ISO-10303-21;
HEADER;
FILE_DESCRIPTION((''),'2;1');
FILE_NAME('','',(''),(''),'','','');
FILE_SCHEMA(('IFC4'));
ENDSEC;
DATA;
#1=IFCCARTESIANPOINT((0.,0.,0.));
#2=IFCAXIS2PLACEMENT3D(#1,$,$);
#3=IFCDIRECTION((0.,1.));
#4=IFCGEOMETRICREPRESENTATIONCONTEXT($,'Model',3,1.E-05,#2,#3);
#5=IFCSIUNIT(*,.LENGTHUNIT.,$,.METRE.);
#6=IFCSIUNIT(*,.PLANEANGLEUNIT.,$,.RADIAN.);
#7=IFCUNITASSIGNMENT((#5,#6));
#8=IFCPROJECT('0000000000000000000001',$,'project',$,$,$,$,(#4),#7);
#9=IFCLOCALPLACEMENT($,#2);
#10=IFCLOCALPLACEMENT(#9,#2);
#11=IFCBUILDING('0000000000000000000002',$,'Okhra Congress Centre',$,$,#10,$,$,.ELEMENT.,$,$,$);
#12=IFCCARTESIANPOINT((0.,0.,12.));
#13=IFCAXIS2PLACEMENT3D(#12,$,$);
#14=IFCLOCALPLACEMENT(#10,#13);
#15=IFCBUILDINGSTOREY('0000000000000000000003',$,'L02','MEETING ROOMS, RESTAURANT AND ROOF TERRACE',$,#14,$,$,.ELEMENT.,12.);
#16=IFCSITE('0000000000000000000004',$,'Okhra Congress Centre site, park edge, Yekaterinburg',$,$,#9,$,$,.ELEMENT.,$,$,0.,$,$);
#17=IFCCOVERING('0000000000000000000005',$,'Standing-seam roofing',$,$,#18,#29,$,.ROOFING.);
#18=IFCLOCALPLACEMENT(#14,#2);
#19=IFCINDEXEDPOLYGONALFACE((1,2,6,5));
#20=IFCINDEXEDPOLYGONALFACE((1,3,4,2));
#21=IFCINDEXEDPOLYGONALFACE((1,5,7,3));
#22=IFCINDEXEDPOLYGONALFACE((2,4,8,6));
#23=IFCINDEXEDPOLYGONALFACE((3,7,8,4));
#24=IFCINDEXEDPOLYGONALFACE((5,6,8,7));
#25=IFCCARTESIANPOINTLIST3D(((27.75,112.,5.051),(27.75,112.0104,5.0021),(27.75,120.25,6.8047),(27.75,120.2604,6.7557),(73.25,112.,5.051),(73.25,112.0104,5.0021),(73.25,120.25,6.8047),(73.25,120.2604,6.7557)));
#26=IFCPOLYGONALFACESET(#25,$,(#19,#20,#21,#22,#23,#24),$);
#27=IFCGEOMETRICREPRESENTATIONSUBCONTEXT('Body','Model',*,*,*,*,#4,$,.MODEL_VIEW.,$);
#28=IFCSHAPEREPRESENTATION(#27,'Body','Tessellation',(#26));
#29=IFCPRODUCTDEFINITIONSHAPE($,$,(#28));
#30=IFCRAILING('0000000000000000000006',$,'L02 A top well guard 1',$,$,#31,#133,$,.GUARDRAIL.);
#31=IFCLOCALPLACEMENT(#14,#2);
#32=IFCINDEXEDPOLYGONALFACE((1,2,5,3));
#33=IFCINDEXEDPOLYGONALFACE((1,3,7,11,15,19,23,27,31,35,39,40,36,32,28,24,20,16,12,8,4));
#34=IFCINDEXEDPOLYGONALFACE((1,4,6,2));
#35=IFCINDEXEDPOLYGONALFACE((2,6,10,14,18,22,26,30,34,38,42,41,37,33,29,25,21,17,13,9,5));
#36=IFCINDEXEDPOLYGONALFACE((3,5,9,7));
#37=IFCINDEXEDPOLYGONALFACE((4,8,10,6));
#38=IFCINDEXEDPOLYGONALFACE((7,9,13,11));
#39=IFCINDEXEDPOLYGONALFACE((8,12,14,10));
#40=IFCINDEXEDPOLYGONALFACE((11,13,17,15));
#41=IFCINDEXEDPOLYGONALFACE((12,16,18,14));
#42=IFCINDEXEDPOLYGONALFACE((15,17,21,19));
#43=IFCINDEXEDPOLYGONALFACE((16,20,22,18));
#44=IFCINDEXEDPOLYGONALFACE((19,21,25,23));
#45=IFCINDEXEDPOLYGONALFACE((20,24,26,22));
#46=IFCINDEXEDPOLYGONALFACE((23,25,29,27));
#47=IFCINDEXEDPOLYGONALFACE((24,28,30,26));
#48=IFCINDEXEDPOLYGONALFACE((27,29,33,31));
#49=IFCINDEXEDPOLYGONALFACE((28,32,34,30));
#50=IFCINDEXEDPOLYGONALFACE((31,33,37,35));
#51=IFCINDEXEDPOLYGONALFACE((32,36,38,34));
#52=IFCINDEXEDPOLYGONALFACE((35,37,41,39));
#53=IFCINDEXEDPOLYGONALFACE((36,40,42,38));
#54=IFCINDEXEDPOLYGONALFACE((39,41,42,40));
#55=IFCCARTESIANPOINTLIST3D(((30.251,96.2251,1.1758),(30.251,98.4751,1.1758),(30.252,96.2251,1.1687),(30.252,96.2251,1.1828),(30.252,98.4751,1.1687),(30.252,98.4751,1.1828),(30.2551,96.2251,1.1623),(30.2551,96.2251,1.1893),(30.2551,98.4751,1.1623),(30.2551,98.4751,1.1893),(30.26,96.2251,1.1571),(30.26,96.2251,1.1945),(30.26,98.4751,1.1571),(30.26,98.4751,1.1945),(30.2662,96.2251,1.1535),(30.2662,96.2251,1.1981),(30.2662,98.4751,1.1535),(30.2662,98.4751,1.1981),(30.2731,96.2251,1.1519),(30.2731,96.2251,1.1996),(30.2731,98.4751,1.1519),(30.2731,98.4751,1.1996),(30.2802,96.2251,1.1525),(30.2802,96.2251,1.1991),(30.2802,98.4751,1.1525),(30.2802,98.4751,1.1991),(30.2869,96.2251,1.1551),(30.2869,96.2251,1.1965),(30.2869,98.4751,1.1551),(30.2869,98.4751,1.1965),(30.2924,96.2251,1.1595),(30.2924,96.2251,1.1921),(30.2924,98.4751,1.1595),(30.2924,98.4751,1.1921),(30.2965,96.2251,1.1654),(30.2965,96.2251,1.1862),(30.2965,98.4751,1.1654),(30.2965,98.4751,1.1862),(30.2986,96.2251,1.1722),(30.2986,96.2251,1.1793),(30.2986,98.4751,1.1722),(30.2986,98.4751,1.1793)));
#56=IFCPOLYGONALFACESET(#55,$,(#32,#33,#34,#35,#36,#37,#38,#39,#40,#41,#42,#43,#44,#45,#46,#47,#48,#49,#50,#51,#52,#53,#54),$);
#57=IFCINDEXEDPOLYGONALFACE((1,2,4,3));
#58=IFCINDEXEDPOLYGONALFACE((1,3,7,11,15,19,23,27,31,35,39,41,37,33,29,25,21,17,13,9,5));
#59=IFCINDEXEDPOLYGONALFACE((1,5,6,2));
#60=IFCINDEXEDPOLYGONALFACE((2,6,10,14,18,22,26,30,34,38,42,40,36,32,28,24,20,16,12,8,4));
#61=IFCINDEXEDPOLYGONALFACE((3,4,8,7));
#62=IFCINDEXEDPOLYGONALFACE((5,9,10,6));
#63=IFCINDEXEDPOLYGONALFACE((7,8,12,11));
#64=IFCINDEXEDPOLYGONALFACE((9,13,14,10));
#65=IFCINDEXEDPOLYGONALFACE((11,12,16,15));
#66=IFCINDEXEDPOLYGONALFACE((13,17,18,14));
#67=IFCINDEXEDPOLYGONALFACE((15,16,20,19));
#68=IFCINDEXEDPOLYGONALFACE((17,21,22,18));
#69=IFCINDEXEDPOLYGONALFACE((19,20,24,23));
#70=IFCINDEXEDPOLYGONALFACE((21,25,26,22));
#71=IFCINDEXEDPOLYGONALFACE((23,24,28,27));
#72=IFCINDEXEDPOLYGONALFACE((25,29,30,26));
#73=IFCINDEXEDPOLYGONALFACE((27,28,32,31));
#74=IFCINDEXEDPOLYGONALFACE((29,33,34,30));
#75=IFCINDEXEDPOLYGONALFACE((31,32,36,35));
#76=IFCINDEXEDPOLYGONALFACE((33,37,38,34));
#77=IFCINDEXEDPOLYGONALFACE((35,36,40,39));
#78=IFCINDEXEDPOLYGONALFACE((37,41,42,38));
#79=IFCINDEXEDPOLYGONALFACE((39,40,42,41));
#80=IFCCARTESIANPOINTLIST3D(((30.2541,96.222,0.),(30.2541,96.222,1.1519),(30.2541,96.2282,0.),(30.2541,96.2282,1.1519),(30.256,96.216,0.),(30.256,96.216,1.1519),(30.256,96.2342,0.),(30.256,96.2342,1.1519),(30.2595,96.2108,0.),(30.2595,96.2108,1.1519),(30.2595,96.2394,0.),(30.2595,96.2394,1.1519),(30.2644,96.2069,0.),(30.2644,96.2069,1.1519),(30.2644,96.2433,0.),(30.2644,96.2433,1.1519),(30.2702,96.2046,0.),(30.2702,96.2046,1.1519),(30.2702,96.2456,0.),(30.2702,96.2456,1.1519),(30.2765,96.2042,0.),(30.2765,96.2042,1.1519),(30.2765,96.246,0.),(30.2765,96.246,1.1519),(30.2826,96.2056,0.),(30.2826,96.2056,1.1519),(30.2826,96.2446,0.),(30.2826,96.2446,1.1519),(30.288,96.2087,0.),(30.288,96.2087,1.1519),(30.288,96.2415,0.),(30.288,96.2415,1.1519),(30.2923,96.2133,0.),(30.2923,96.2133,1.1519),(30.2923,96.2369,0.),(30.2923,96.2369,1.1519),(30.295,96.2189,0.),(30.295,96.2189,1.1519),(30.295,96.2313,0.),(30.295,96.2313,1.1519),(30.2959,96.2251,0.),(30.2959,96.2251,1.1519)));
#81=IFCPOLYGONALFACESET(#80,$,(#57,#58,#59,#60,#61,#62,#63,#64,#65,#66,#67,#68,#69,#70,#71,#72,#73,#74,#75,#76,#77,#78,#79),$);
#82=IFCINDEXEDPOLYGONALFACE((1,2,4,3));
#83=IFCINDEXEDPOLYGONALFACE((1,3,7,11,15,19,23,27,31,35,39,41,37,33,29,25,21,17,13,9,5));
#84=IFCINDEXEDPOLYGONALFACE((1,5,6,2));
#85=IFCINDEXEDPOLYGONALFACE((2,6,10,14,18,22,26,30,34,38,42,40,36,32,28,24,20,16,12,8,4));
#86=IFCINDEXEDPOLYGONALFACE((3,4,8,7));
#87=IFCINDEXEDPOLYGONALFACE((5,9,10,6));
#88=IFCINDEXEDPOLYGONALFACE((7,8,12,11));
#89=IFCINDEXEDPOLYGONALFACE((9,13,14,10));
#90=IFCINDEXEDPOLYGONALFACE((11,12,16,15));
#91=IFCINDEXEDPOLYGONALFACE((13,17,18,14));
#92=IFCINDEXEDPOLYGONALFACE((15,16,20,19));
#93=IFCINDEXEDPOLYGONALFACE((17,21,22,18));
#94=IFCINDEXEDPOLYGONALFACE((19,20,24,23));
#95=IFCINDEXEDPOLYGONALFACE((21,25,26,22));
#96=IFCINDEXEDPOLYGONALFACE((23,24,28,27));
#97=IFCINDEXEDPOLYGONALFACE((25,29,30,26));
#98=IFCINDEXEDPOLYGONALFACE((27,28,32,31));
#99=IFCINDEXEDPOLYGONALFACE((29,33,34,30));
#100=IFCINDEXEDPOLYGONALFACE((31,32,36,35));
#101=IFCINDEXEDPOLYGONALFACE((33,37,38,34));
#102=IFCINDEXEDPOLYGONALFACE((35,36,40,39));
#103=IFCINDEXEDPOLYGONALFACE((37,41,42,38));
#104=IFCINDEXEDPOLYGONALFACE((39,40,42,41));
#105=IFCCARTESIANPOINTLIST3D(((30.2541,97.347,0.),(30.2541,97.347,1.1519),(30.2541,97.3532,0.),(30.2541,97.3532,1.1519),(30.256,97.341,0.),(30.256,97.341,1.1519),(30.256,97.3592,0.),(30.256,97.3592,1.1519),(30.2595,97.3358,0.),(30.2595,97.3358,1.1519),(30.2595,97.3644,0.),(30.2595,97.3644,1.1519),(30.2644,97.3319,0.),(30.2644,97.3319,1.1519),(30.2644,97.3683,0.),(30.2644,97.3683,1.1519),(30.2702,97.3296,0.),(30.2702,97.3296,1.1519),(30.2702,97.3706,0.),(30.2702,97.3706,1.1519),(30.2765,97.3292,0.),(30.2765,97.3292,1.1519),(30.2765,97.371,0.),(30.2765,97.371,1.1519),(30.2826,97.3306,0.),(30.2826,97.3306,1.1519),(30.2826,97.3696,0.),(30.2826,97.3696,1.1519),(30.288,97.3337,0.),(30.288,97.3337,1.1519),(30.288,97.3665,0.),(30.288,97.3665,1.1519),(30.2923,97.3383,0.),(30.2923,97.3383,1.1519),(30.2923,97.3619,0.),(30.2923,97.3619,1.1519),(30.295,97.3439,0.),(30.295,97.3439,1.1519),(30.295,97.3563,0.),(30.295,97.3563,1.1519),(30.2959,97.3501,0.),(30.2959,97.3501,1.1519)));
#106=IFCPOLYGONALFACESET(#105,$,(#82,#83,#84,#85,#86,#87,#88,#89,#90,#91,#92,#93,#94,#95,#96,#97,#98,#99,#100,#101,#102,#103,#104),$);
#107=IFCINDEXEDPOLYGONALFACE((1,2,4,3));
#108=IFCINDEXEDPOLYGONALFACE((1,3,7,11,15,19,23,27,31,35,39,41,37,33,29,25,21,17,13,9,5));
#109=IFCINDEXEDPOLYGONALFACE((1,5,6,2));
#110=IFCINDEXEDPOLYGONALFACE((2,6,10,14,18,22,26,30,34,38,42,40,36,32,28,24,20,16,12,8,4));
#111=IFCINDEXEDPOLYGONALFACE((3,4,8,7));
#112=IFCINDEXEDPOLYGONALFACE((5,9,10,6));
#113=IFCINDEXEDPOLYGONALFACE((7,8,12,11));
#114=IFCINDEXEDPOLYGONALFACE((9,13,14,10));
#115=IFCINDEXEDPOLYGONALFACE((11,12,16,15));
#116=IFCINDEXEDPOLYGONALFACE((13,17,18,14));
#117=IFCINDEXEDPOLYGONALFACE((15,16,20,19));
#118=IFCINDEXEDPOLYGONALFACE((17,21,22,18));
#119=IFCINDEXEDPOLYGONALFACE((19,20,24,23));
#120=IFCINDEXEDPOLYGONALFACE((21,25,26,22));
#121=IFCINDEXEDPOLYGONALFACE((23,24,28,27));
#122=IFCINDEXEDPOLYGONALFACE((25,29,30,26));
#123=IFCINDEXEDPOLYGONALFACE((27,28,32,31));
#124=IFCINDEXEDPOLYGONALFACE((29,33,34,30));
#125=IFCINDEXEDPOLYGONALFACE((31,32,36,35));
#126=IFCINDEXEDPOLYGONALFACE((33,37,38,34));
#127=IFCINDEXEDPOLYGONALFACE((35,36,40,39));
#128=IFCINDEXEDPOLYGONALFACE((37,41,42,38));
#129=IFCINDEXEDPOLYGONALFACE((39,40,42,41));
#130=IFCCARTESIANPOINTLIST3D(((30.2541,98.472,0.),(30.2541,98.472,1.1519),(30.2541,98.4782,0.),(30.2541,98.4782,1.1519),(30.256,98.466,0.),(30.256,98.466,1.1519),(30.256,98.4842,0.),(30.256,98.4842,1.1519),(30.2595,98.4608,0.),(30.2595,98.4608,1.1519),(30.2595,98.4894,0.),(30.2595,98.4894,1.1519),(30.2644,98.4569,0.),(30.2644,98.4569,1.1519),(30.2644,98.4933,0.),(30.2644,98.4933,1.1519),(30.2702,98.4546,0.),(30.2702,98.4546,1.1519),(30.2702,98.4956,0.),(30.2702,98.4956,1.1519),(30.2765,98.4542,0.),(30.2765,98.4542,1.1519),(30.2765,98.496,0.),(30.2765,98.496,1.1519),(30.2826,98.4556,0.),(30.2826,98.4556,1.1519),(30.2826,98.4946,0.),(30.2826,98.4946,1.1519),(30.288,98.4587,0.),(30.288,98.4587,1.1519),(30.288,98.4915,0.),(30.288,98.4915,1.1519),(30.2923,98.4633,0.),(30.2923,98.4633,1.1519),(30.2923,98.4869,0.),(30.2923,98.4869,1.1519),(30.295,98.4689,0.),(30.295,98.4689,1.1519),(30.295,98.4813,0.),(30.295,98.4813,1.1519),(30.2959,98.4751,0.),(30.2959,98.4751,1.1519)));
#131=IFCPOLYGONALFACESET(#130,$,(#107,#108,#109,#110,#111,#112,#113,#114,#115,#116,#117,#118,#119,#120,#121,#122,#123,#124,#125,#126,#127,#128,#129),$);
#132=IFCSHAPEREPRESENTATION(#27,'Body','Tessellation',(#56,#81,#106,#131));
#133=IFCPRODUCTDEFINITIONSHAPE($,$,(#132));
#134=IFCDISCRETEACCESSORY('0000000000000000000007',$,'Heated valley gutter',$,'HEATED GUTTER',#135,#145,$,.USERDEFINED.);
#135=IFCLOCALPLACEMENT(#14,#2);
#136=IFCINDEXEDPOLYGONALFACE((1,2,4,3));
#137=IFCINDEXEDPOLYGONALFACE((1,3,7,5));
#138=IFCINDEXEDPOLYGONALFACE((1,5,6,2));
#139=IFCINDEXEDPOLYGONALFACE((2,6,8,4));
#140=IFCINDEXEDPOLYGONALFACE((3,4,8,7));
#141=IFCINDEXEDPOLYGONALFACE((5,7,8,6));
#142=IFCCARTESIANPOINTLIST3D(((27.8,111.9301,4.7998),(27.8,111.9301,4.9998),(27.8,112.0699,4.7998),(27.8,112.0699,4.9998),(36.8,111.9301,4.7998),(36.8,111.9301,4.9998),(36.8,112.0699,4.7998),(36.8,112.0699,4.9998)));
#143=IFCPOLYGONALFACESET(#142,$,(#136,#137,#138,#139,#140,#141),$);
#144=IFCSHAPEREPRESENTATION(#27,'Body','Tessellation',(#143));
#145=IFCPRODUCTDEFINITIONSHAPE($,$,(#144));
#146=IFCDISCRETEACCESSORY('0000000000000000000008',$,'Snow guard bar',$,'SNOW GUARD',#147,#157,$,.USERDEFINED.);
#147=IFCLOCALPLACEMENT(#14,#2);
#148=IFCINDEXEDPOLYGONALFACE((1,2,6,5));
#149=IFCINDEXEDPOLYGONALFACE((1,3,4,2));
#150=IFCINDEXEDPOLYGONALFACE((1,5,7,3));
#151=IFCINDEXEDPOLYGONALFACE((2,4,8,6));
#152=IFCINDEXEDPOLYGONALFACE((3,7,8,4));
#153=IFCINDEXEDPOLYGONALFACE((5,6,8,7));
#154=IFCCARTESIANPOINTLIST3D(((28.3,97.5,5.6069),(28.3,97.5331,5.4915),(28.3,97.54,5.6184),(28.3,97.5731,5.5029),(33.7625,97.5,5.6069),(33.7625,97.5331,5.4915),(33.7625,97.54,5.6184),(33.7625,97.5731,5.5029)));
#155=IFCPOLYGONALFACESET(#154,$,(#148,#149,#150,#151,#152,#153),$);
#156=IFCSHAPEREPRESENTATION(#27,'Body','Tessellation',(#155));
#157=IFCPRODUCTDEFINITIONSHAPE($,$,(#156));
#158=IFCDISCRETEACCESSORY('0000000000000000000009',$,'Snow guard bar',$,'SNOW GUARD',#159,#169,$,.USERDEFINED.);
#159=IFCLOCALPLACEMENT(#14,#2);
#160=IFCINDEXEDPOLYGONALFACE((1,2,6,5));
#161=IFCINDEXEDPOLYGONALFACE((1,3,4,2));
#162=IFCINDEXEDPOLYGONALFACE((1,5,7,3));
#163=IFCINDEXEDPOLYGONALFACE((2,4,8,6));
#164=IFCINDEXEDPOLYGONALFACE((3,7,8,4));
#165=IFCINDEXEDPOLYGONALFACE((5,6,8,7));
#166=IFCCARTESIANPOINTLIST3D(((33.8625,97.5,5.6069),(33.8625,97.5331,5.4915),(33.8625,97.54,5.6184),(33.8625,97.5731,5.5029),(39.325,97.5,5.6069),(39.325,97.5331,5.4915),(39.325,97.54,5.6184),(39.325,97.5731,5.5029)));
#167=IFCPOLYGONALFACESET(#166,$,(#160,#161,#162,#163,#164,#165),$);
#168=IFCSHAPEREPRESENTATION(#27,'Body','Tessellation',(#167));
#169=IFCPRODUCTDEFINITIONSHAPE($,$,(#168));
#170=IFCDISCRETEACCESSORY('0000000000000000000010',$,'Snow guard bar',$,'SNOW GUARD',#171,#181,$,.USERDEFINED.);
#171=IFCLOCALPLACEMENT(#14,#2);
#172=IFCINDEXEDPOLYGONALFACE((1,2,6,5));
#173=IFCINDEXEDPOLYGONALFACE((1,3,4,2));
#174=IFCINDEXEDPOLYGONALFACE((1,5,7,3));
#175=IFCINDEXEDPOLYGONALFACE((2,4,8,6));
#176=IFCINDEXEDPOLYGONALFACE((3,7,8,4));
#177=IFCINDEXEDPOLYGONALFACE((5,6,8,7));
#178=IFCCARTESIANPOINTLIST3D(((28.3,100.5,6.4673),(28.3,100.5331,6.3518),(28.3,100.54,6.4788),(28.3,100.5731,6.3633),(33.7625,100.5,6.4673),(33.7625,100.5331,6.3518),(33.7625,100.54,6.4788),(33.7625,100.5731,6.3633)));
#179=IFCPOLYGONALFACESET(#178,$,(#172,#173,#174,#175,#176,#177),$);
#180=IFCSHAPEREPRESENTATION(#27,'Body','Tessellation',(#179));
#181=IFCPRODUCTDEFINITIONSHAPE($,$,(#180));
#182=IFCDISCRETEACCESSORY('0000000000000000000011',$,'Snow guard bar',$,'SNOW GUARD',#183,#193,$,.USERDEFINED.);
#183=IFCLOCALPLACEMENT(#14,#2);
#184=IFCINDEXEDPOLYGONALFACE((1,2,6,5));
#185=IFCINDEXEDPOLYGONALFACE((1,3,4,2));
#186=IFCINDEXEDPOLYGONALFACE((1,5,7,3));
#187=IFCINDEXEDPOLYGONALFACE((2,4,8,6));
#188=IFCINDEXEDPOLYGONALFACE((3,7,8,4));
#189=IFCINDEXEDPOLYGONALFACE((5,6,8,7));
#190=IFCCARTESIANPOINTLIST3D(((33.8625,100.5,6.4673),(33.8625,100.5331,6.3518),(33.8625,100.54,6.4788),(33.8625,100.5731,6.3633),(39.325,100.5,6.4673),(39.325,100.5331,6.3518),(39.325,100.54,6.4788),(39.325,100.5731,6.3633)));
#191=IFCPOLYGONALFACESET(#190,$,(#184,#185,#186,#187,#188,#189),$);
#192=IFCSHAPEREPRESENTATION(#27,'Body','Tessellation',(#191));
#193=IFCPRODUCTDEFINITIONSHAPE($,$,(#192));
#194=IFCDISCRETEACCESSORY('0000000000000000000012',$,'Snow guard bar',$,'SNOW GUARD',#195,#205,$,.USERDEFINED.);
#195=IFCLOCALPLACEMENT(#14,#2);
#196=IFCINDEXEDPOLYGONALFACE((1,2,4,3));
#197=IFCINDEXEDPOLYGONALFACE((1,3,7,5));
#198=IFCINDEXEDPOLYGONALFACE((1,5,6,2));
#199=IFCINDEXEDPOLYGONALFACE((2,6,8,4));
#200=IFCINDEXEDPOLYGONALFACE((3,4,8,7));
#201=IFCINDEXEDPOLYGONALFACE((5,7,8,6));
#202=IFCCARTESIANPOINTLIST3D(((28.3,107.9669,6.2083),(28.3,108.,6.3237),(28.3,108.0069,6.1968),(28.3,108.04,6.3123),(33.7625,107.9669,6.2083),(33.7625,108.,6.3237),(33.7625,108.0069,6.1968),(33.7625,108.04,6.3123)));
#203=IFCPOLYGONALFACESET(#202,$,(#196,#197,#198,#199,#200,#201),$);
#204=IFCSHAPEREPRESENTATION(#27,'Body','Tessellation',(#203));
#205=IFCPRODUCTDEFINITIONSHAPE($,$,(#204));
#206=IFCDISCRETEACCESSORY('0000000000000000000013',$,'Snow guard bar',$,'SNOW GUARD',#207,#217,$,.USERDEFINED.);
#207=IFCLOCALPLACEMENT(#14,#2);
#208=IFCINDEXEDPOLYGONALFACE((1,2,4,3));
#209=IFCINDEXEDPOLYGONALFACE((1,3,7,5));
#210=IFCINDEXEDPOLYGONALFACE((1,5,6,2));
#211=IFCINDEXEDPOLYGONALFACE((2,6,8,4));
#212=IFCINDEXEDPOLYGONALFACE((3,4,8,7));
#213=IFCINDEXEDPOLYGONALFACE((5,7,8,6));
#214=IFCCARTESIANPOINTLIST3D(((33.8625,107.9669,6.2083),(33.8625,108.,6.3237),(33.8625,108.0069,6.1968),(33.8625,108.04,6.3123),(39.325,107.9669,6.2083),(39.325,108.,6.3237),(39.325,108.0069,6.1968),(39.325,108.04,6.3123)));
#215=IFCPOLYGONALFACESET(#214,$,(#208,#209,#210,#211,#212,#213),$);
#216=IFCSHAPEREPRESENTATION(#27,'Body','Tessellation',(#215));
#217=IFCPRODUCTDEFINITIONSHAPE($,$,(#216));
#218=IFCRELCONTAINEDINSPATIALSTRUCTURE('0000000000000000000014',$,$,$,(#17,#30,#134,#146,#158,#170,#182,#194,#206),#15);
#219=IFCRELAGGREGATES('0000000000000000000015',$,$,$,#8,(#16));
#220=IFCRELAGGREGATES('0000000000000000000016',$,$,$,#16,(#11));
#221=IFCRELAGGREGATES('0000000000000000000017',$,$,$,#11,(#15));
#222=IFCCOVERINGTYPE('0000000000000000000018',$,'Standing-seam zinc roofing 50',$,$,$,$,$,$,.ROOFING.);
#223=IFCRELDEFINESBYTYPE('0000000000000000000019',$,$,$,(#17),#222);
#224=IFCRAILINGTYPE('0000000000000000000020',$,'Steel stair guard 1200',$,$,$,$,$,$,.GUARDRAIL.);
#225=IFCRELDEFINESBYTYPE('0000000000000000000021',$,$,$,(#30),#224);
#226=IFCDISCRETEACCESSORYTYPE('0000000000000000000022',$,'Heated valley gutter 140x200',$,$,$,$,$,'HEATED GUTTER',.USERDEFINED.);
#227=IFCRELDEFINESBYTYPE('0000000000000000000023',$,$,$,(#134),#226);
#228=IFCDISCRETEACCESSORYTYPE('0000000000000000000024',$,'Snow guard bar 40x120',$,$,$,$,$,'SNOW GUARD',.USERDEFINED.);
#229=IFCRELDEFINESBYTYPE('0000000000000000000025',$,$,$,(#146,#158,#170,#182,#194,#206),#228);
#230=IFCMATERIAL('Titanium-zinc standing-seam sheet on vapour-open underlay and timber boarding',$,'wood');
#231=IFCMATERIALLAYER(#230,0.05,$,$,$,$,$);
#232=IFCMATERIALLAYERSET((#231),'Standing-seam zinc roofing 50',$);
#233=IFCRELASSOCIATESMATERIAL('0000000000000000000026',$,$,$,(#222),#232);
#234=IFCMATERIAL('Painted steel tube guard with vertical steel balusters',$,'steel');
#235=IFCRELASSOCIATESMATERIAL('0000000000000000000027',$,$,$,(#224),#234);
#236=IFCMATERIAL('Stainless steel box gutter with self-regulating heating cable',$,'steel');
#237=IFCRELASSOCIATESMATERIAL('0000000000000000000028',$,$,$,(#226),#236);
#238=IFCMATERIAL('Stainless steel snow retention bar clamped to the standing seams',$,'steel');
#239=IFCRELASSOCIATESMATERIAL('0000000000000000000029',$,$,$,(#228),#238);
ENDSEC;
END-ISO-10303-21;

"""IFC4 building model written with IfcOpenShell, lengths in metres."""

from ifc_helpers import new_model, si_unit, direction, frame, origin, origin_2d, place, context, subcontext, project, spatial, polyline, rectangle, circle, outline, extrude, material, layer, layer_set, type_object, element, save


model = new_model("IFC4")

# Units and contexts
model_context = context("Model", 3, precision=1e-05, world=origin(), true_north=direction((0.0, 1.0)))
body_context = subcontext(model_context, "Body", "Model", "MODEL_VIEW")
ifc_project = project(units=[si_unit("LENGTHUNIT", "METRE"), si_unit("PLANEANGLEUNIT", "RADIAN")], contexts=[model_context])

# Site, building, storey
site_placement = place(None, origin())
site = spatial("IfcSite", under=ifc_project, at=site_placement, Name="Okhra Congress Centre site, park edge, Yekaterinburg", CompositionType="ELEMENT", RefElevation=0.0)
building_placement = place(site_placement, origin())
building = spatial("IfcBuilding", under=site, at=building_placement, Name="Okhra Congress Centre", CompositionType="ELEMENT")
storey_placement = place(building_placement, frame((0.0, 0.0, 12.0)))
storey = spatial("IfcBuildingStorey", under=building, at=storey_placement, Name="L02", Description="MEETING ROOMS, RESTAURANT AND ROOF TERRACE", CompositionType="ELEMENT", Elevation=12.0)

# Covering
ifc_material_1 = material(Name="Titanium-zinc standing-seam sheet on vapour-open underlay and timber boarding", Category="wood")
ifc_layer_1 = layer(ifc_material_1, 0.05)
ifc_layer_set_1 = layer_set([ifc_layer_1], Name="Standing-seam zinc roofing 50")
covering_type = type_object("IfcCoveringType", Name="Standing-seam zinc roofing 50", PredefinedType="ROOFING", material=ifc_layer_set_1)
covering_1_placement = place(storey_placement, frame((27.75, 112.0, 5.051), z_axis=(0.0, -0.20792, 0.978146), x_axis=(1.0, 0.0, 0.0)))
element("IfcCovering", 1, at=covering_1_placement, inside=storey, type_object=covering_type, Name="Standing-seam roofing", PredefinedType="ROOFING", context=body_context, shape_type="SweptSolid", body=[
    extrude(outline(polyline([(0.0, 0.0), (45.5, 0.0), (45.5, 8.4343), (0.0, 8.4343), (0.0, 0.0)])), origin(), (0.0, 0.0, -1.0), 0.05),
])

# Railing
ifc_material_2 = material(Name="Painted steel tube guard with vertical steel balusters", Category="steel")
railing_type = type_object("IfcRailingType", Name="Steel stair guard 1200", PredefinedType="GUARDRAIL", material=ifc_material_2)
railing_placement = place(storey_placement, frame((30.2749, 96.2251, 0.0)))
element("IfcRailing", 2, at=railing_placement, inside=storey, type_object=railing_type, Name="L02 A top well guard 1", PredefinedType="GUARDRAIL", context=body_context, shape_type="SweptSolid", body=[
    extrude(circle(Radius=0.0239, at=origin_2d()), frame((0.0, 0.0, 1.1758), z_axis=(0.0, 1.0, 0.0), x_axis=(-1.0, 0.0, 0.0)), (0.0, 0.0, 1.0), 2.25),
    extrude(circle(Radius=0.021, at=origin_2d()), origin(), (0.0, 0.0, 1.0), 1.1519),
    extrude(circle(Radius=0.021, at=origin_2d()), frame((0.0, 1.125, 0.0)), (0.0, 0.0, 1.0), 1.1519),
    extrude(circle(Radius=0.021, at=origin_2d()), frame((0.0, 2.25, 0.0)), (0.0, 0.0, 1.0), 1.1519),
])

# Discrete accessories
ifc_material_3 = material(Name="Stainless steel box gutter with self-regulating heating cable", Category="steel")
discrete_accessory_type_1 = type_object("IfcDiscreteAccessoryType", Name="Heated valley gutter 140x200", ElementType="HEATED GUTTER", PredefinedType="USERDEFINED", material=ifc_material_3)
discrete_accessory_placement = place(storey_placement, frame((32.3, 112.0, 4.7998), z_axis=(0.0, 0.0, 1.0), x_axis=(1.0, 0.0, 0.0)))
element("IfcDiscreteAccessory", 3, at=discrete_accessory_placement, inside=storey, type_object=discrete_accessory_type_1, Name="Heated valley gutter", ObjectType="HEATED GUTTER", PredefinedType="USERDEFINED", context=body_context, shape_type="SweptSolid", body=[
    extrude(rectangle(XDim=9.0, YDim=0.1399, at=origin_2d()), origin(), (0.0, 0.0, 1.0), 0.2),
])
ifc_material_4 = material(Name="Stainless steel snow retention bar clamped to the standing seams", Category="steel")
discrete_accessory_type_2 = type_object("IfcDiscreteAccessoryType", Name="Snow guard bar 40x120", ElementType="SNOW GUARD", PredefinedType="USERDEFINED", material=ifc_material_4)
for number, where, z_axis, x_axis, name in (
    (4, (28.3, 97.5, 5.6069), (0.0, -0.275495, 0.961302), (1.0, 0.0, 0.0), "Snow guard bar"),
    (5, (33.8625, 97.5, 5.6069), (0.0, -0.275495, 0.961302), (1.0, 0.0, 0.0), "Snow guard bar"),
    (6, (28.3, 100.5, 6.4673), (0.0, -0.275495, 0.961302), (1.0, 0.0, 0.0), "Snow guard bar"),
    (7, (33.8625, 100.5, 6.4673), (0.0, -0.275495, 0.961302), (1.0, 0.0, 0.0), "Snow guard bar"),
    (8, (28.3, 108.0, 6.3237), (0.0, 0.275495, 0.961302), (1.0, 0.0, 0.0), "Snow guard bar"),
    (9, (33.8625, 108.0, 6.3237), (0.0, 0.275495, 0.961302), (1.0, 0.0, 0.0), "Snow guard bar"),
):
    element("IfcDiscreteAccessory", number, at=place(storey_placement, frame(where, z_axis=z_axis, x_axis=x_axis)), inside=storey, type_object=discrete_accessory_type_2, Name=name, ObjectType="SNOW GUARD", PredefinedType="USERDEFINED", context=body_context, shape_type="SweptSolid", body=[
        extrude(outline(polyline([(0.0, 0.0), (5.4624, 0.0), (5.4624, 0.0417), (0.0, 0.0417), (0.0, 0.0)])), origin(), (0.0, 0.0, -1.0), 0.1201),
    ])

save(model, "model.ifc")
